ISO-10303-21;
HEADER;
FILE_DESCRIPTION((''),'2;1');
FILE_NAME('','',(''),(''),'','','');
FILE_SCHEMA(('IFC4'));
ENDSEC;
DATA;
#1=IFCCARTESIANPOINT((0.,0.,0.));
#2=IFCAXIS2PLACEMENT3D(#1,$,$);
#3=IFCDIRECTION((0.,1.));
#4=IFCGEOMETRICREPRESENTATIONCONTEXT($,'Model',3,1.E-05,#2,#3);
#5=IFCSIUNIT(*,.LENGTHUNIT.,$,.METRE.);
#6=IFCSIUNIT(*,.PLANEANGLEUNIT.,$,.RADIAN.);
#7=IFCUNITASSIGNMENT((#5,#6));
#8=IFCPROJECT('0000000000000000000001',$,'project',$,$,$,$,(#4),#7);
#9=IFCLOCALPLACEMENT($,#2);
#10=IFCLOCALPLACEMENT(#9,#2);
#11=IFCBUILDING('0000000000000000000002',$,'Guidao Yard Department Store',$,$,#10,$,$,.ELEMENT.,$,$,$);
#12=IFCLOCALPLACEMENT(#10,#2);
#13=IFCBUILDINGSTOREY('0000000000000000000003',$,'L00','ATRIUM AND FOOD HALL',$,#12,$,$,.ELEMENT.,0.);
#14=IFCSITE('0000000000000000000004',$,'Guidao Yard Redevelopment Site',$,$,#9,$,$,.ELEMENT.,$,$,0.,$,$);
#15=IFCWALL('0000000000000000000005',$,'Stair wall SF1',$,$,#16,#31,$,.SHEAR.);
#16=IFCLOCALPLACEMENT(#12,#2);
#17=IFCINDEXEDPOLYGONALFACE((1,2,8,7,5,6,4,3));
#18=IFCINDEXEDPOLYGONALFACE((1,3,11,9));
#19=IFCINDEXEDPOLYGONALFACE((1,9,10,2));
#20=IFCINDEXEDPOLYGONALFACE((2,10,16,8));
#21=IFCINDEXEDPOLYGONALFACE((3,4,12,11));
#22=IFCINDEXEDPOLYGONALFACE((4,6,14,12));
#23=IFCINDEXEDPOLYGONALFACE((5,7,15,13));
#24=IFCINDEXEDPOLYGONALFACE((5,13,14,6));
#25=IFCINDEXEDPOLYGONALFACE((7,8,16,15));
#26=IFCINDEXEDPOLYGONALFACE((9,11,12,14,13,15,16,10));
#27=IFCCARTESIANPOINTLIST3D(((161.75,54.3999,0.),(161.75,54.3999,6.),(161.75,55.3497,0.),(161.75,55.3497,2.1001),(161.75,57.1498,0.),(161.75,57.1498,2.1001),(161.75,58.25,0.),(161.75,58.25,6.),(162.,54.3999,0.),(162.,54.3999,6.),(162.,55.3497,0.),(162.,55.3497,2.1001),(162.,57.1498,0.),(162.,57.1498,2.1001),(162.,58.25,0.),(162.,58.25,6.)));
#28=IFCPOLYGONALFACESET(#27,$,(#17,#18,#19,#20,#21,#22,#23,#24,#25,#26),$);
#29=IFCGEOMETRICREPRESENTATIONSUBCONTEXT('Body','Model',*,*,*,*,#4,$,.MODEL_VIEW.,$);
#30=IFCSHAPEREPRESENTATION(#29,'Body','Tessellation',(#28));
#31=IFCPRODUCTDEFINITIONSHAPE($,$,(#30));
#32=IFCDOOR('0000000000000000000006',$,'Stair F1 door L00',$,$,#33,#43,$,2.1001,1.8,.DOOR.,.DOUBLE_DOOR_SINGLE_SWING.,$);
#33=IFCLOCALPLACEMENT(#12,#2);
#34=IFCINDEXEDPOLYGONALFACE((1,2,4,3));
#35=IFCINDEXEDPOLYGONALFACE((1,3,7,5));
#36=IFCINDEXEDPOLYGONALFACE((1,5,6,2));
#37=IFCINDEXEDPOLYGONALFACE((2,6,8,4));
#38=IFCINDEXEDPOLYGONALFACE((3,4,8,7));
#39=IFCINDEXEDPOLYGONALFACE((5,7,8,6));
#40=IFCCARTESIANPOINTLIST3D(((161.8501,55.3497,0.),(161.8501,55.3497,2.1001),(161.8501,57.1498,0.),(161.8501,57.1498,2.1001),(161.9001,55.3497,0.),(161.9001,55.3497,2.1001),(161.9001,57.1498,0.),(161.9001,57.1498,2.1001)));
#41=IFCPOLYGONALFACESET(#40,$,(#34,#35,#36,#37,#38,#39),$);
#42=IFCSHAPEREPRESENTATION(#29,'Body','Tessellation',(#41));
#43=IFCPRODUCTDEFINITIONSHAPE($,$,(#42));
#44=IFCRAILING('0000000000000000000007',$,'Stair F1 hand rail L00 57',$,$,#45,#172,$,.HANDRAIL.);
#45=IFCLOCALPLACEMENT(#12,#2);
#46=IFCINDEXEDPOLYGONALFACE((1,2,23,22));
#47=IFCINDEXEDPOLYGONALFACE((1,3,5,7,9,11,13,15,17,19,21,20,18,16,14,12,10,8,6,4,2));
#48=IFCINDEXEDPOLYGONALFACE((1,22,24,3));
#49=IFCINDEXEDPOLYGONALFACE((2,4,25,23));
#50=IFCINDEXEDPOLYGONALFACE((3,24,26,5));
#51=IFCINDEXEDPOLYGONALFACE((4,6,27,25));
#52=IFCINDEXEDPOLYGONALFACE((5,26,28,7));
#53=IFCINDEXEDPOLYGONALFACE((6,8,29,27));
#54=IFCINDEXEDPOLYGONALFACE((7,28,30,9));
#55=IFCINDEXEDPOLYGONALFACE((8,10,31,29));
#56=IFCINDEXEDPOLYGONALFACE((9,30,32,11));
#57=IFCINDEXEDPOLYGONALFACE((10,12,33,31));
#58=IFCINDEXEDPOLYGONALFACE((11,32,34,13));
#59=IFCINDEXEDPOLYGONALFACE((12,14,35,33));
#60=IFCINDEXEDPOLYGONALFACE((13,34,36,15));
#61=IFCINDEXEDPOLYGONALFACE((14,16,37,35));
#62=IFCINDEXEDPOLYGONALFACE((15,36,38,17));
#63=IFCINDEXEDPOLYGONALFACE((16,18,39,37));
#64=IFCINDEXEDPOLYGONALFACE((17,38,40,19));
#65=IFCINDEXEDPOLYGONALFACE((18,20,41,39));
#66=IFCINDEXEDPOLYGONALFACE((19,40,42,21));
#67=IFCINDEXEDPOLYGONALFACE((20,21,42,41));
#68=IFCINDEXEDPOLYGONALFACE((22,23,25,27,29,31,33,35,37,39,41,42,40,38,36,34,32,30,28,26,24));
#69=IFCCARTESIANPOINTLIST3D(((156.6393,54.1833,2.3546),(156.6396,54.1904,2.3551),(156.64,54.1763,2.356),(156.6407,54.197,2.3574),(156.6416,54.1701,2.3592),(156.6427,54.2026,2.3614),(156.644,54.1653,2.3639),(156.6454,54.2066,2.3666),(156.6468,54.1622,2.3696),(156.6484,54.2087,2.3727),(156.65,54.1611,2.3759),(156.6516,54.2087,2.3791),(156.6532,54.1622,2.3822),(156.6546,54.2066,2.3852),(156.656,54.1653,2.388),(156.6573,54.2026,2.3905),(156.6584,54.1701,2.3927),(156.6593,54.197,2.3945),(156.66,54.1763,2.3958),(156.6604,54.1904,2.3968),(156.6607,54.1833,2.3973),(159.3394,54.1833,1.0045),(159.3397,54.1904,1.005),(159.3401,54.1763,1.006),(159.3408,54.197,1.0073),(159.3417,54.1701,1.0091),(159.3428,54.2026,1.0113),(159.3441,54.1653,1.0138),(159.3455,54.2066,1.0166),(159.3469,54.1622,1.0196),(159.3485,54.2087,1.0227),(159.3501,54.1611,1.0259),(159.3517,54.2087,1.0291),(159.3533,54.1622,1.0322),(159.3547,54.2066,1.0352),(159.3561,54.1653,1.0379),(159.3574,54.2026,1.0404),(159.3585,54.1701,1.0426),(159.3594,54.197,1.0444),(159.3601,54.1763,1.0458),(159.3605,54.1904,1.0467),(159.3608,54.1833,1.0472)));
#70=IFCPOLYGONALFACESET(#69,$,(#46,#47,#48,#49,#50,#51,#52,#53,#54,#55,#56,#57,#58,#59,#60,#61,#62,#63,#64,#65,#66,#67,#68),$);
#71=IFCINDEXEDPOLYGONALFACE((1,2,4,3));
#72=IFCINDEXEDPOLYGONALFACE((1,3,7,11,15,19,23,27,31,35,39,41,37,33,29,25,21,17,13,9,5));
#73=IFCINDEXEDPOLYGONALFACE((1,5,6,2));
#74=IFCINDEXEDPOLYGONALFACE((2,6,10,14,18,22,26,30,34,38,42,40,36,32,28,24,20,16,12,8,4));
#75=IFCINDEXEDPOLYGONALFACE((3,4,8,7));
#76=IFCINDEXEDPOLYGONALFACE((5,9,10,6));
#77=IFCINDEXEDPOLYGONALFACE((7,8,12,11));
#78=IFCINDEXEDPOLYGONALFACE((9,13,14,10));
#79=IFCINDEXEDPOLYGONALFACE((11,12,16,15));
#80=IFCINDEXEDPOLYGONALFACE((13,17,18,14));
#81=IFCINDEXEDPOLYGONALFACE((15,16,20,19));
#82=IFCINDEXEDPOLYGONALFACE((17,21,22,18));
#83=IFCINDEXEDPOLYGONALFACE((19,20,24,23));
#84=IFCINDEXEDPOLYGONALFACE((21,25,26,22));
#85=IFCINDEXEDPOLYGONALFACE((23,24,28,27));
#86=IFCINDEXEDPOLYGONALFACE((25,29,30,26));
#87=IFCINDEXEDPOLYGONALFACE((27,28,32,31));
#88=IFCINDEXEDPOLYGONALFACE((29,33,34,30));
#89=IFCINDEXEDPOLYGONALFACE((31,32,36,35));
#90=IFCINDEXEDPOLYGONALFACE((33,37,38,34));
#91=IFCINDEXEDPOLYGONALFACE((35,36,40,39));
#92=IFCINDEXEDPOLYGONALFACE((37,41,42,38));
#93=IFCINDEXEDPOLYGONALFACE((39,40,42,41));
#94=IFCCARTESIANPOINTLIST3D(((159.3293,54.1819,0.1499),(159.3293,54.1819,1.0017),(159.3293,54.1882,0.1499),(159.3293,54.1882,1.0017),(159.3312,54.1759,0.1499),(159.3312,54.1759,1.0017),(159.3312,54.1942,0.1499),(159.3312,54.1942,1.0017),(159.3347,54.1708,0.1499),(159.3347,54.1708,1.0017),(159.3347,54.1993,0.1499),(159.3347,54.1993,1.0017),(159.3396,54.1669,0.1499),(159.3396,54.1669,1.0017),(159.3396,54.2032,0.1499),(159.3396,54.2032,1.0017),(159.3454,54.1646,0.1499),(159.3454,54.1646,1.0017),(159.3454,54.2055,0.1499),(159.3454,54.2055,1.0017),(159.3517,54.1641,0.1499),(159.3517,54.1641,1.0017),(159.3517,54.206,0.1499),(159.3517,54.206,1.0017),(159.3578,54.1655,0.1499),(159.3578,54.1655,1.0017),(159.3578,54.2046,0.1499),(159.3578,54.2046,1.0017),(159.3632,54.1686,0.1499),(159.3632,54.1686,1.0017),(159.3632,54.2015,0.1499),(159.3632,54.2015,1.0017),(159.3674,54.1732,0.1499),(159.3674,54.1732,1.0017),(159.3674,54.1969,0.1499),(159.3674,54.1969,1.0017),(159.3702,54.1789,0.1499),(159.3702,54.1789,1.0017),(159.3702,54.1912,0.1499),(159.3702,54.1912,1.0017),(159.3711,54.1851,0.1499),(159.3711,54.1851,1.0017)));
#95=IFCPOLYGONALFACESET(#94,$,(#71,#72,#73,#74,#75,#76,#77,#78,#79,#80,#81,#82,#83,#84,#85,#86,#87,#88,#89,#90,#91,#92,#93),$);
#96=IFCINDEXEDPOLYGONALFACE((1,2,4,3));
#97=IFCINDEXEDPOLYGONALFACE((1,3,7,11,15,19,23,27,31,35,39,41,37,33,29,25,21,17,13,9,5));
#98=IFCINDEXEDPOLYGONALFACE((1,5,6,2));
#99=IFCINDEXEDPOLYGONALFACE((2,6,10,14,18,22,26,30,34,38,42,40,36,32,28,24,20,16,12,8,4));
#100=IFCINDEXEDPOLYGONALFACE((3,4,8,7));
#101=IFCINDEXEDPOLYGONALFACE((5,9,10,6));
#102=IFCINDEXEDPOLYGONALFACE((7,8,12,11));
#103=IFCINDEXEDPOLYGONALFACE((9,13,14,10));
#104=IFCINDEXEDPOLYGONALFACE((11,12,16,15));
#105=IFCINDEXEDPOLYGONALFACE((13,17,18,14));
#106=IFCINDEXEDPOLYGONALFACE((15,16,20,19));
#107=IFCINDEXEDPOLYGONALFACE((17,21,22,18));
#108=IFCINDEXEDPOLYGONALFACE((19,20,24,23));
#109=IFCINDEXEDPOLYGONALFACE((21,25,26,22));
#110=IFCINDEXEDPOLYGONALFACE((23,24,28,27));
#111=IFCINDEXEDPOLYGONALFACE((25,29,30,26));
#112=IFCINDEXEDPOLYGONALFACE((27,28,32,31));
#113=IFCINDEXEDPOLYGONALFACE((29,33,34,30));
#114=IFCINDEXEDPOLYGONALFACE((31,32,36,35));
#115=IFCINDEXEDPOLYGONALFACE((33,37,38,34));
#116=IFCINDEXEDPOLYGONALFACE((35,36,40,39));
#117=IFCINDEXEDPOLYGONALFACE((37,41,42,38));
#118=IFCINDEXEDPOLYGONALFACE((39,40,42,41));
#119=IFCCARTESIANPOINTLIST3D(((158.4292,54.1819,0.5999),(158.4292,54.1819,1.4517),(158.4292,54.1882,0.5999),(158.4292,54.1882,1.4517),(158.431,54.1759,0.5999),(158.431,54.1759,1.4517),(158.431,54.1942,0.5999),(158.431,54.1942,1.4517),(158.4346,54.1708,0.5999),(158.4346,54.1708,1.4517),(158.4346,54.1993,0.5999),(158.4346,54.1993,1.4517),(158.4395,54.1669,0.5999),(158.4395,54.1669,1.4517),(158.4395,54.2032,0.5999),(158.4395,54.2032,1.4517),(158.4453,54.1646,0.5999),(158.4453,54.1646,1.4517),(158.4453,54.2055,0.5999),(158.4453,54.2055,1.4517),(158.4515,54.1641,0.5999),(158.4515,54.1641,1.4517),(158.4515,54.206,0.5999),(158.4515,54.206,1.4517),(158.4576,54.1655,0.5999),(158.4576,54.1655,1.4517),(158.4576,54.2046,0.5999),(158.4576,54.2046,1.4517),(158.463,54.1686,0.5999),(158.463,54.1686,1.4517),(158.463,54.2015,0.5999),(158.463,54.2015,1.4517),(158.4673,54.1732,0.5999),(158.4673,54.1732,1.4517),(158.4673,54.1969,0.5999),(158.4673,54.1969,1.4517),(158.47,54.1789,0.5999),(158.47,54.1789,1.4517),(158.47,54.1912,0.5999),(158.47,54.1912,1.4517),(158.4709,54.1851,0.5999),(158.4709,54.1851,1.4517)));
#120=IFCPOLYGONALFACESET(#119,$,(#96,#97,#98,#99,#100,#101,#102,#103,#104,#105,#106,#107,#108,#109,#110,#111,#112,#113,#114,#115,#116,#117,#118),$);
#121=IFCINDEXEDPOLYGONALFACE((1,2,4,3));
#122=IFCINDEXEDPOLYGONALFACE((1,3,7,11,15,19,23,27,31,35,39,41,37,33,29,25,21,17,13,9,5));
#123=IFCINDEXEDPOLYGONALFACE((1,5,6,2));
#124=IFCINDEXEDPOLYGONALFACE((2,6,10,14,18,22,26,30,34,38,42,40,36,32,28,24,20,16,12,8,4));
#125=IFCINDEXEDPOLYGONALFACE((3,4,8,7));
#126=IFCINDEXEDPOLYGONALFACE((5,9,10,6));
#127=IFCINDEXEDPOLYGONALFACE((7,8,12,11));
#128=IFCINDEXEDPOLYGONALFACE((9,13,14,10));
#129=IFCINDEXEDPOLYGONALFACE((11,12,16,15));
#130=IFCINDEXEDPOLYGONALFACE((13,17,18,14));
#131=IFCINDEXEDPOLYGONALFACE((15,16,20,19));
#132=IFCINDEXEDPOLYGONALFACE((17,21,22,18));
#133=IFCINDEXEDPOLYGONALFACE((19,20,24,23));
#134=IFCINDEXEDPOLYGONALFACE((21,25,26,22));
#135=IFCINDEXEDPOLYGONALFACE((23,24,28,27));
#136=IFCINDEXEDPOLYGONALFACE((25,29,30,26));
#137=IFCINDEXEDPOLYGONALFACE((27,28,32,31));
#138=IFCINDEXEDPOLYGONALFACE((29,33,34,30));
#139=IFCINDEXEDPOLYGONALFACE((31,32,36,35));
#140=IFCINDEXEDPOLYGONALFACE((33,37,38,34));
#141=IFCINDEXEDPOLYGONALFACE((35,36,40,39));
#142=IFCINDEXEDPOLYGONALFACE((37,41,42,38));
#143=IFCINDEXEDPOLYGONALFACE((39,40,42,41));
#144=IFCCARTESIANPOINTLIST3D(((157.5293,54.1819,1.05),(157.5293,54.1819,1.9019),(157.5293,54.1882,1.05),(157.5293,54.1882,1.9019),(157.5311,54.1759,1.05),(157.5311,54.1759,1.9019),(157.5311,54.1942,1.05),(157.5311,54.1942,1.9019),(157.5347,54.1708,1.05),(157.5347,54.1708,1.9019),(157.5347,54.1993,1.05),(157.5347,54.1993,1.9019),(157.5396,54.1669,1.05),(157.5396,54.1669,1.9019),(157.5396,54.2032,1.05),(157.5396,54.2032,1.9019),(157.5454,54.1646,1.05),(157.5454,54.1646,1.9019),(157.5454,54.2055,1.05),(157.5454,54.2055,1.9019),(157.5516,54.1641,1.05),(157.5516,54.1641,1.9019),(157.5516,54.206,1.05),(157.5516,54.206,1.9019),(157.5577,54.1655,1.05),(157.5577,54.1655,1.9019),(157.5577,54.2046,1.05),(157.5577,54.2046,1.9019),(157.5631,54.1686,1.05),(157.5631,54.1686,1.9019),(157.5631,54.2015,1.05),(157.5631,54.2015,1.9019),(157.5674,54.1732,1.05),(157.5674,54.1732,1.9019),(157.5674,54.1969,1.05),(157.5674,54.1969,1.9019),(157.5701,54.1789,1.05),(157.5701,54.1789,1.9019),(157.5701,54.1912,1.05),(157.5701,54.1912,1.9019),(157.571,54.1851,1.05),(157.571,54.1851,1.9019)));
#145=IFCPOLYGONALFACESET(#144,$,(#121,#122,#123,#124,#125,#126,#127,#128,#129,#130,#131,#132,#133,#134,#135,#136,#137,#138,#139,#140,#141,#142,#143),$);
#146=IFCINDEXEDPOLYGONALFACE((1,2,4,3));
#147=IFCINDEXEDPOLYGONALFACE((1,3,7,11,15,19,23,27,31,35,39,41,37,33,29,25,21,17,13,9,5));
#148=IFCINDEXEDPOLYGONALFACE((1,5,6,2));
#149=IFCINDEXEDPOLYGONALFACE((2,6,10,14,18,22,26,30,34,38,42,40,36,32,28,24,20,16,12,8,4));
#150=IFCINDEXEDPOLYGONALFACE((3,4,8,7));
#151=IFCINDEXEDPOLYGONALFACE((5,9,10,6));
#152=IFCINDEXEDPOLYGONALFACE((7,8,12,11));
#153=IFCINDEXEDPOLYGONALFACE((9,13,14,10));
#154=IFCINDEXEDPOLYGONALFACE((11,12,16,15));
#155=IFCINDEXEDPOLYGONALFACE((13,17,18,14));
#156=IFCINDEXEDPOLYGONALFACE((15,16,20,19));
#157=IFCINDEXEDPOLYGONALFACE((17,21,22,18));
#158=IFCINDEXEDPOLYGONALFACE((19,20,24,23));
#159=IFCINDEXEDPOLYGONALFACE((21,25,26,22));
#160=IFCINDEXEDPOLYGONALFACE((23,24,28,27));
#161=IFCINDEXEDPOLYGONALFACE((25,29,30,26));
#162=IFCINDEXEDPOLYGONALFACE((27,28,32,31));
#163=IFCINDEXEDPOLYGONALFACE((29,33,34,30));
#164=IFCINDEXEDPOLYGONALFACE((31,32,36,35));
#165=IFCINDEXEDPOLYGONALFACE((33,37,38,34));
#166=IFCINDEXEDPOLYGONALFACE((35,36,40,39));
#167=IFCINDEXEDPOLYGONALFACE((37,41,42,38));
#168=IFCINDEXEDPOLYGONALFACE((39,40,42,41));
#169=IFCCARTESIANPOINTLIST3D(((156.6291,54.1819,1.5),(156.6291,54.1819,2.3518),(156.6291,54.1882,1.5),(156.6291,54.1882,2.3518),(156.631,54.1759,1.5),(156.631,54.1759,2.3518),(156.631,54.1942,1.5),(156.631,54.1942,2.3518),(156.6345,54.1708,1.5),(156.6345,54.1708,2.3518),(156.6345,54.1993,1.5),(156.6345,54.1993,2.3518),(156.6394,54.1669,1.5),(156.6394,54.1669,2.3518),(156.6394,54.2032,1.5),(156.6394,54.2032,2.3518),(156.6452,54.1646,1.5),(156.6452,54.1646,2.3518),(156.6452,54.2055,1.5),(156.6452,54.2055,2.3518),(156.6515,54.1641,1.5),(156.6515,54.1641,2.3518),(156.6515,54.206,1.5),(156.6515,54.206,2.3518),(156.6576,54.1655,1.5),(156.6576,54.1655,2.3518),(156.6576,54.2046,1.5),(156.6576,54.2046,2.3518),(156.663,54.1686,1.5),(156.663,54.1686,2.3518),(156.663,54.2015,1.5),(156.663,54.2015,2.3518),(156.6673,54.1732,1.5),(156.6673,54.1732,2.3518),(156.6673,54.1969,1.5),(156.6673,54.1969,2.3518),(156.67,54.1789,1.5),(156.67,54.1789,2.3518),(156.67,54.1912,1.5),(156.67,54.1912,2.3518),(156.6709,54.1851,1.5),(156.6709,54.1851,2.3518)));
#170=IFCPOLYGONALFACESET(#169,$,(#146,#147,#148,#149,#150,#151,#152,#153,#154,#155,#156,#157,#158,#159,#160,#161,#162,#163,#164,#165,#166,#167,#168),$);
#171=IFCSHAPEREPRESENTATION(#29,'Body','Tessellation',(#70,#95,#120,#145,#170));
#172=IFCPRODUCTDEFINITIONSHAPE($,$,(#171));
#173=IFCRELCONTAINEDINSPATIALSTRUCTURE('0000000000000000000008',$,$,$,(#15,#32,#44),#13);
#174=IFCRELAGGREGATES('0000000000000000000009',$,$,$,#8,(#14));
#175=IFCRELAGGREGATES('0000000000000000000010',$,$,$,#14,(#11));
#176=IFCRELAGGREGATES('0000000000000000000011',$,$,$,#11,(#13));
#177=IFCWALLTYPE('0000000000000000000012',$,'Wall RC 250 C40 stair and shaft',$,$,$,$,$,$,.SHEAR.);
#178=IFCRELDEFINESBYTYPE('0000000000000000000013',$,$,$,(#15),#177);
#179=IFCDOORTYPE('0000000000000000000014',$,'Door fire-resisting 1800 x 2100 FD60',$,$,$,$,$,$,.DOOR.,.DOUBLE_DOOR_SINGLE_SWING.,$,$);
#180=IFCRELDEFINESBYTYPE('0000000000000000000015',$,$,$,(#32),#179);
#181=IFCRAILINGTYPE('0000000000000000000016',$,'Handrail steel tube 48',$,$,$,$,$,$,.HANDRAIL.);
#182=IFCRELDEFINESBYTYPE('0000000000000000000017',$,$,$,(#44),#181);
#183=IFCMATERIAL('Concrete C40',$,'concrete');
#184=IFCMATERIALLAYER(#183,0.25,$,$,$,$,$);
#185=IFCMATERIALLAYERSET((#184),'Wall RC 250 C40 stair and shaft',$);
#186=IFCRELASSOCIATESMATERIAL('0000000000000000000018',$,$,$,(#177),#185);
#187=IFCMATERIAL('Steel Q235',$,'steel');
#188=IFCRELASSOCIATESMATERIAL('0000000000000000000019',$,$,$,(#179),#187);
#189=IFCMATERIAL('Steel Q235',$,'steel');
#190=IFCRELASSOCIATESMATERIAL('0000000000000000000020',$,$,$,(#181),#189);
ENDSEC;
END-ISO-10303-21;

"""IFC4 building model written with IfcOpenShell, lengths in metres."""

from ifc_helpers import new_model, si_unit, direction, frame, frame_2d, origin, origin_2d, place, context, subcontext, project, spatial, rectangle, circle, extrude, material, layer, layer_set, type_object, element, fill, save


model = new_model("IFC4")

# Units and contexts
model_context = context("Model", 3, precision=1e-05, world=origin(), true_north=direction((0.0, 1.0)))
body_context = subcontext(model_context, "Body", "Model", "MODEL_VIEW")
ifc_project = project(units=[si_unit("LENGTHUNIT", "METRE"), si_unit("PLANEANGLEUNIT", "RADIAN")], contexts=[model_context])

# Site, building, storey
site_placement = place(None, origin())
site = spatial("IfcSite", under=ifc_project, at=site_placement, Name="Guidao Yard Redevelopment Site", CompositionType="ELEMENT", RefElevation=0.0)
building_placement = place(site_placement, origin())
building = spatial("IfcBuilding", under=site, at=building_placement, Name="Guidao Yard Department Store", CompositionType="ELEMENT")
storey_placement = place(building_placement, origin())
storey = spatial("IfcBuildingStorey", under=building, at=storey_placement, Name="L00", Description="ATRIUM AND FOOD HALL", CompositionType="ELEMENT", Elevation=0.0)

# Shared definitions
ifc_material_1 = material(Name="Concrete C40", Category="concrete")
ifc_layer_1 = layer(ifc_material_1, 0.25)
ifc_layer_set_1 = layer_set([ifc_layer_1], Name="Wall RC 250 C40 stair and shaft")
wall_type_1 = type_object("IfcWallType", Name="Wall RC 250 C40 stair and shaft", PredefinedType="SHEAR", material=ifc_layer_set_1)
ifc_material_2 = material(Name="Steel Q235", Category="steel")
door_type = type_object("IfcDoorType", Name="Door fire-resisting 1800 x 2100 FD60", OperationType="DOUBLE_DOOR_SINGLE_SWING", PredefinedType="DOOR", material=ifc_material_2)

# Wall, opening, door
wall_1_placement = place(storey_placement, frame((161.875, 54.3999, 0.0), z_axis=(0.0, 0.0, 1.0), x_axis=(0.0, 1.0, 0.0)))
wall_1 = element("IfcWall", 1, at=wall_1_placement, inside=storey, type_object=wall_type_1, Name="Stair wall SF1", PredefinedType="SHEAR", context=body_context, shape_type="SweptSolid", body=[
    extrude(rectangle(XDim=3.8501, YDim=0.25, at=frame_2d((1.925, 0.0))), origin(), (0.0, 0.0, 1.0), 6.0),
])
opening_1_placement = place(wall_1_placement, frame((0.95, 0.0, 0.0)))
opening_1 = element("IfcOpeningElement", 2, at=opening_1_placement, cuts=wall_1, PredefinedType="OPENING", context=body_context, shape_type="SweptSolid", body=[
    extrude(rectangle(XDim=1.8, YDim=2.1001, at=frame_2d((0.8999, 1.05))), frame((0.0, 0.135, 0.0), z_axis=(0.0, -1.0, 0.0), x_axis=(1.0, 0.0, 0.0)), (0.0, 0.0, 1.0), 0.27),
])
door_1_placement = place(opening_1_placement, origin())
door_1 = element("IfcDoor", 3, at=door_1_placement, inside=storey, type_object=door_type, Name="Stair F1 door L00", OperationType="DOUBLE_DOOR_SINGLE_SWING", OverallHeight=2.1001, OverallWidth=1.8, PredefinedType="DOOR", context=body_context, shape_type="SweptSolid", body=[
    extrude(rectangle(XDim=1.8, YDim=2.1001, at=frame_2d((0.8999, 1.05))), frame((0.0, 0.0249, 0.0), z_axis=(0.0, -1.0, 0.0), x_axis=(1.0, 0.0, 0.0)), (0.0, 0.0, 1.0), 0.05),
])
fill(opening_1, door_1)

# Railing
ifc_material_3 = material(Name="Steel Q235", Category="steel")
railing_type = type_object("IfcRailingType", Name="Handrail steel tube 48", PredefinedType="HANDRAIL", material=ifc_material_3)
for number, where, name in (
    (4, (159.3501, 54.1851, 0.1499), "Stair F1 hand rail L00 57"),
):
    element("IfcRailing", number, at=place(storey_placement, frame(where)), inside=storey, type_object=railing_type, Name=name, PredefinedType="HANDRAIL", context=body_context, shape_type="SweptSolid", body=[
        extrude(circle(Radius=0.0239, at=origin_2d()), frame((0.0, 0.0, 0.876), z_axis=(-0.894427, 0.0, 0.447214), x_axis=(0.0, -1.0, 0.0)), (0.0, 0.0, 1.0), 3.0188),
        extrude(circle(Radius=0.021, at=origin_2d()), origin(), (0.0, 0.0, 1.0), 0.8518),
        extrude(circle(Radius=0.021, at=origin_2d()), frame((-0.9001, 0.0, 0.45)), (0.0, 0.0, 1.0), 0.8518),
        extrude(circle(Radius=0.021, at=origin_2d()), frame((-1.8, 0.0, 0.9001)), (0.0, 0.0, 1.0), 0.8518),
        extrude(circle(Radius=0.021, at=origin_2d()), frame((-2.7002, 0.0, 1.3501)), (0.0, 0.0, 1.0), 0.8518),
    ])

save(model, "model.ifc")
